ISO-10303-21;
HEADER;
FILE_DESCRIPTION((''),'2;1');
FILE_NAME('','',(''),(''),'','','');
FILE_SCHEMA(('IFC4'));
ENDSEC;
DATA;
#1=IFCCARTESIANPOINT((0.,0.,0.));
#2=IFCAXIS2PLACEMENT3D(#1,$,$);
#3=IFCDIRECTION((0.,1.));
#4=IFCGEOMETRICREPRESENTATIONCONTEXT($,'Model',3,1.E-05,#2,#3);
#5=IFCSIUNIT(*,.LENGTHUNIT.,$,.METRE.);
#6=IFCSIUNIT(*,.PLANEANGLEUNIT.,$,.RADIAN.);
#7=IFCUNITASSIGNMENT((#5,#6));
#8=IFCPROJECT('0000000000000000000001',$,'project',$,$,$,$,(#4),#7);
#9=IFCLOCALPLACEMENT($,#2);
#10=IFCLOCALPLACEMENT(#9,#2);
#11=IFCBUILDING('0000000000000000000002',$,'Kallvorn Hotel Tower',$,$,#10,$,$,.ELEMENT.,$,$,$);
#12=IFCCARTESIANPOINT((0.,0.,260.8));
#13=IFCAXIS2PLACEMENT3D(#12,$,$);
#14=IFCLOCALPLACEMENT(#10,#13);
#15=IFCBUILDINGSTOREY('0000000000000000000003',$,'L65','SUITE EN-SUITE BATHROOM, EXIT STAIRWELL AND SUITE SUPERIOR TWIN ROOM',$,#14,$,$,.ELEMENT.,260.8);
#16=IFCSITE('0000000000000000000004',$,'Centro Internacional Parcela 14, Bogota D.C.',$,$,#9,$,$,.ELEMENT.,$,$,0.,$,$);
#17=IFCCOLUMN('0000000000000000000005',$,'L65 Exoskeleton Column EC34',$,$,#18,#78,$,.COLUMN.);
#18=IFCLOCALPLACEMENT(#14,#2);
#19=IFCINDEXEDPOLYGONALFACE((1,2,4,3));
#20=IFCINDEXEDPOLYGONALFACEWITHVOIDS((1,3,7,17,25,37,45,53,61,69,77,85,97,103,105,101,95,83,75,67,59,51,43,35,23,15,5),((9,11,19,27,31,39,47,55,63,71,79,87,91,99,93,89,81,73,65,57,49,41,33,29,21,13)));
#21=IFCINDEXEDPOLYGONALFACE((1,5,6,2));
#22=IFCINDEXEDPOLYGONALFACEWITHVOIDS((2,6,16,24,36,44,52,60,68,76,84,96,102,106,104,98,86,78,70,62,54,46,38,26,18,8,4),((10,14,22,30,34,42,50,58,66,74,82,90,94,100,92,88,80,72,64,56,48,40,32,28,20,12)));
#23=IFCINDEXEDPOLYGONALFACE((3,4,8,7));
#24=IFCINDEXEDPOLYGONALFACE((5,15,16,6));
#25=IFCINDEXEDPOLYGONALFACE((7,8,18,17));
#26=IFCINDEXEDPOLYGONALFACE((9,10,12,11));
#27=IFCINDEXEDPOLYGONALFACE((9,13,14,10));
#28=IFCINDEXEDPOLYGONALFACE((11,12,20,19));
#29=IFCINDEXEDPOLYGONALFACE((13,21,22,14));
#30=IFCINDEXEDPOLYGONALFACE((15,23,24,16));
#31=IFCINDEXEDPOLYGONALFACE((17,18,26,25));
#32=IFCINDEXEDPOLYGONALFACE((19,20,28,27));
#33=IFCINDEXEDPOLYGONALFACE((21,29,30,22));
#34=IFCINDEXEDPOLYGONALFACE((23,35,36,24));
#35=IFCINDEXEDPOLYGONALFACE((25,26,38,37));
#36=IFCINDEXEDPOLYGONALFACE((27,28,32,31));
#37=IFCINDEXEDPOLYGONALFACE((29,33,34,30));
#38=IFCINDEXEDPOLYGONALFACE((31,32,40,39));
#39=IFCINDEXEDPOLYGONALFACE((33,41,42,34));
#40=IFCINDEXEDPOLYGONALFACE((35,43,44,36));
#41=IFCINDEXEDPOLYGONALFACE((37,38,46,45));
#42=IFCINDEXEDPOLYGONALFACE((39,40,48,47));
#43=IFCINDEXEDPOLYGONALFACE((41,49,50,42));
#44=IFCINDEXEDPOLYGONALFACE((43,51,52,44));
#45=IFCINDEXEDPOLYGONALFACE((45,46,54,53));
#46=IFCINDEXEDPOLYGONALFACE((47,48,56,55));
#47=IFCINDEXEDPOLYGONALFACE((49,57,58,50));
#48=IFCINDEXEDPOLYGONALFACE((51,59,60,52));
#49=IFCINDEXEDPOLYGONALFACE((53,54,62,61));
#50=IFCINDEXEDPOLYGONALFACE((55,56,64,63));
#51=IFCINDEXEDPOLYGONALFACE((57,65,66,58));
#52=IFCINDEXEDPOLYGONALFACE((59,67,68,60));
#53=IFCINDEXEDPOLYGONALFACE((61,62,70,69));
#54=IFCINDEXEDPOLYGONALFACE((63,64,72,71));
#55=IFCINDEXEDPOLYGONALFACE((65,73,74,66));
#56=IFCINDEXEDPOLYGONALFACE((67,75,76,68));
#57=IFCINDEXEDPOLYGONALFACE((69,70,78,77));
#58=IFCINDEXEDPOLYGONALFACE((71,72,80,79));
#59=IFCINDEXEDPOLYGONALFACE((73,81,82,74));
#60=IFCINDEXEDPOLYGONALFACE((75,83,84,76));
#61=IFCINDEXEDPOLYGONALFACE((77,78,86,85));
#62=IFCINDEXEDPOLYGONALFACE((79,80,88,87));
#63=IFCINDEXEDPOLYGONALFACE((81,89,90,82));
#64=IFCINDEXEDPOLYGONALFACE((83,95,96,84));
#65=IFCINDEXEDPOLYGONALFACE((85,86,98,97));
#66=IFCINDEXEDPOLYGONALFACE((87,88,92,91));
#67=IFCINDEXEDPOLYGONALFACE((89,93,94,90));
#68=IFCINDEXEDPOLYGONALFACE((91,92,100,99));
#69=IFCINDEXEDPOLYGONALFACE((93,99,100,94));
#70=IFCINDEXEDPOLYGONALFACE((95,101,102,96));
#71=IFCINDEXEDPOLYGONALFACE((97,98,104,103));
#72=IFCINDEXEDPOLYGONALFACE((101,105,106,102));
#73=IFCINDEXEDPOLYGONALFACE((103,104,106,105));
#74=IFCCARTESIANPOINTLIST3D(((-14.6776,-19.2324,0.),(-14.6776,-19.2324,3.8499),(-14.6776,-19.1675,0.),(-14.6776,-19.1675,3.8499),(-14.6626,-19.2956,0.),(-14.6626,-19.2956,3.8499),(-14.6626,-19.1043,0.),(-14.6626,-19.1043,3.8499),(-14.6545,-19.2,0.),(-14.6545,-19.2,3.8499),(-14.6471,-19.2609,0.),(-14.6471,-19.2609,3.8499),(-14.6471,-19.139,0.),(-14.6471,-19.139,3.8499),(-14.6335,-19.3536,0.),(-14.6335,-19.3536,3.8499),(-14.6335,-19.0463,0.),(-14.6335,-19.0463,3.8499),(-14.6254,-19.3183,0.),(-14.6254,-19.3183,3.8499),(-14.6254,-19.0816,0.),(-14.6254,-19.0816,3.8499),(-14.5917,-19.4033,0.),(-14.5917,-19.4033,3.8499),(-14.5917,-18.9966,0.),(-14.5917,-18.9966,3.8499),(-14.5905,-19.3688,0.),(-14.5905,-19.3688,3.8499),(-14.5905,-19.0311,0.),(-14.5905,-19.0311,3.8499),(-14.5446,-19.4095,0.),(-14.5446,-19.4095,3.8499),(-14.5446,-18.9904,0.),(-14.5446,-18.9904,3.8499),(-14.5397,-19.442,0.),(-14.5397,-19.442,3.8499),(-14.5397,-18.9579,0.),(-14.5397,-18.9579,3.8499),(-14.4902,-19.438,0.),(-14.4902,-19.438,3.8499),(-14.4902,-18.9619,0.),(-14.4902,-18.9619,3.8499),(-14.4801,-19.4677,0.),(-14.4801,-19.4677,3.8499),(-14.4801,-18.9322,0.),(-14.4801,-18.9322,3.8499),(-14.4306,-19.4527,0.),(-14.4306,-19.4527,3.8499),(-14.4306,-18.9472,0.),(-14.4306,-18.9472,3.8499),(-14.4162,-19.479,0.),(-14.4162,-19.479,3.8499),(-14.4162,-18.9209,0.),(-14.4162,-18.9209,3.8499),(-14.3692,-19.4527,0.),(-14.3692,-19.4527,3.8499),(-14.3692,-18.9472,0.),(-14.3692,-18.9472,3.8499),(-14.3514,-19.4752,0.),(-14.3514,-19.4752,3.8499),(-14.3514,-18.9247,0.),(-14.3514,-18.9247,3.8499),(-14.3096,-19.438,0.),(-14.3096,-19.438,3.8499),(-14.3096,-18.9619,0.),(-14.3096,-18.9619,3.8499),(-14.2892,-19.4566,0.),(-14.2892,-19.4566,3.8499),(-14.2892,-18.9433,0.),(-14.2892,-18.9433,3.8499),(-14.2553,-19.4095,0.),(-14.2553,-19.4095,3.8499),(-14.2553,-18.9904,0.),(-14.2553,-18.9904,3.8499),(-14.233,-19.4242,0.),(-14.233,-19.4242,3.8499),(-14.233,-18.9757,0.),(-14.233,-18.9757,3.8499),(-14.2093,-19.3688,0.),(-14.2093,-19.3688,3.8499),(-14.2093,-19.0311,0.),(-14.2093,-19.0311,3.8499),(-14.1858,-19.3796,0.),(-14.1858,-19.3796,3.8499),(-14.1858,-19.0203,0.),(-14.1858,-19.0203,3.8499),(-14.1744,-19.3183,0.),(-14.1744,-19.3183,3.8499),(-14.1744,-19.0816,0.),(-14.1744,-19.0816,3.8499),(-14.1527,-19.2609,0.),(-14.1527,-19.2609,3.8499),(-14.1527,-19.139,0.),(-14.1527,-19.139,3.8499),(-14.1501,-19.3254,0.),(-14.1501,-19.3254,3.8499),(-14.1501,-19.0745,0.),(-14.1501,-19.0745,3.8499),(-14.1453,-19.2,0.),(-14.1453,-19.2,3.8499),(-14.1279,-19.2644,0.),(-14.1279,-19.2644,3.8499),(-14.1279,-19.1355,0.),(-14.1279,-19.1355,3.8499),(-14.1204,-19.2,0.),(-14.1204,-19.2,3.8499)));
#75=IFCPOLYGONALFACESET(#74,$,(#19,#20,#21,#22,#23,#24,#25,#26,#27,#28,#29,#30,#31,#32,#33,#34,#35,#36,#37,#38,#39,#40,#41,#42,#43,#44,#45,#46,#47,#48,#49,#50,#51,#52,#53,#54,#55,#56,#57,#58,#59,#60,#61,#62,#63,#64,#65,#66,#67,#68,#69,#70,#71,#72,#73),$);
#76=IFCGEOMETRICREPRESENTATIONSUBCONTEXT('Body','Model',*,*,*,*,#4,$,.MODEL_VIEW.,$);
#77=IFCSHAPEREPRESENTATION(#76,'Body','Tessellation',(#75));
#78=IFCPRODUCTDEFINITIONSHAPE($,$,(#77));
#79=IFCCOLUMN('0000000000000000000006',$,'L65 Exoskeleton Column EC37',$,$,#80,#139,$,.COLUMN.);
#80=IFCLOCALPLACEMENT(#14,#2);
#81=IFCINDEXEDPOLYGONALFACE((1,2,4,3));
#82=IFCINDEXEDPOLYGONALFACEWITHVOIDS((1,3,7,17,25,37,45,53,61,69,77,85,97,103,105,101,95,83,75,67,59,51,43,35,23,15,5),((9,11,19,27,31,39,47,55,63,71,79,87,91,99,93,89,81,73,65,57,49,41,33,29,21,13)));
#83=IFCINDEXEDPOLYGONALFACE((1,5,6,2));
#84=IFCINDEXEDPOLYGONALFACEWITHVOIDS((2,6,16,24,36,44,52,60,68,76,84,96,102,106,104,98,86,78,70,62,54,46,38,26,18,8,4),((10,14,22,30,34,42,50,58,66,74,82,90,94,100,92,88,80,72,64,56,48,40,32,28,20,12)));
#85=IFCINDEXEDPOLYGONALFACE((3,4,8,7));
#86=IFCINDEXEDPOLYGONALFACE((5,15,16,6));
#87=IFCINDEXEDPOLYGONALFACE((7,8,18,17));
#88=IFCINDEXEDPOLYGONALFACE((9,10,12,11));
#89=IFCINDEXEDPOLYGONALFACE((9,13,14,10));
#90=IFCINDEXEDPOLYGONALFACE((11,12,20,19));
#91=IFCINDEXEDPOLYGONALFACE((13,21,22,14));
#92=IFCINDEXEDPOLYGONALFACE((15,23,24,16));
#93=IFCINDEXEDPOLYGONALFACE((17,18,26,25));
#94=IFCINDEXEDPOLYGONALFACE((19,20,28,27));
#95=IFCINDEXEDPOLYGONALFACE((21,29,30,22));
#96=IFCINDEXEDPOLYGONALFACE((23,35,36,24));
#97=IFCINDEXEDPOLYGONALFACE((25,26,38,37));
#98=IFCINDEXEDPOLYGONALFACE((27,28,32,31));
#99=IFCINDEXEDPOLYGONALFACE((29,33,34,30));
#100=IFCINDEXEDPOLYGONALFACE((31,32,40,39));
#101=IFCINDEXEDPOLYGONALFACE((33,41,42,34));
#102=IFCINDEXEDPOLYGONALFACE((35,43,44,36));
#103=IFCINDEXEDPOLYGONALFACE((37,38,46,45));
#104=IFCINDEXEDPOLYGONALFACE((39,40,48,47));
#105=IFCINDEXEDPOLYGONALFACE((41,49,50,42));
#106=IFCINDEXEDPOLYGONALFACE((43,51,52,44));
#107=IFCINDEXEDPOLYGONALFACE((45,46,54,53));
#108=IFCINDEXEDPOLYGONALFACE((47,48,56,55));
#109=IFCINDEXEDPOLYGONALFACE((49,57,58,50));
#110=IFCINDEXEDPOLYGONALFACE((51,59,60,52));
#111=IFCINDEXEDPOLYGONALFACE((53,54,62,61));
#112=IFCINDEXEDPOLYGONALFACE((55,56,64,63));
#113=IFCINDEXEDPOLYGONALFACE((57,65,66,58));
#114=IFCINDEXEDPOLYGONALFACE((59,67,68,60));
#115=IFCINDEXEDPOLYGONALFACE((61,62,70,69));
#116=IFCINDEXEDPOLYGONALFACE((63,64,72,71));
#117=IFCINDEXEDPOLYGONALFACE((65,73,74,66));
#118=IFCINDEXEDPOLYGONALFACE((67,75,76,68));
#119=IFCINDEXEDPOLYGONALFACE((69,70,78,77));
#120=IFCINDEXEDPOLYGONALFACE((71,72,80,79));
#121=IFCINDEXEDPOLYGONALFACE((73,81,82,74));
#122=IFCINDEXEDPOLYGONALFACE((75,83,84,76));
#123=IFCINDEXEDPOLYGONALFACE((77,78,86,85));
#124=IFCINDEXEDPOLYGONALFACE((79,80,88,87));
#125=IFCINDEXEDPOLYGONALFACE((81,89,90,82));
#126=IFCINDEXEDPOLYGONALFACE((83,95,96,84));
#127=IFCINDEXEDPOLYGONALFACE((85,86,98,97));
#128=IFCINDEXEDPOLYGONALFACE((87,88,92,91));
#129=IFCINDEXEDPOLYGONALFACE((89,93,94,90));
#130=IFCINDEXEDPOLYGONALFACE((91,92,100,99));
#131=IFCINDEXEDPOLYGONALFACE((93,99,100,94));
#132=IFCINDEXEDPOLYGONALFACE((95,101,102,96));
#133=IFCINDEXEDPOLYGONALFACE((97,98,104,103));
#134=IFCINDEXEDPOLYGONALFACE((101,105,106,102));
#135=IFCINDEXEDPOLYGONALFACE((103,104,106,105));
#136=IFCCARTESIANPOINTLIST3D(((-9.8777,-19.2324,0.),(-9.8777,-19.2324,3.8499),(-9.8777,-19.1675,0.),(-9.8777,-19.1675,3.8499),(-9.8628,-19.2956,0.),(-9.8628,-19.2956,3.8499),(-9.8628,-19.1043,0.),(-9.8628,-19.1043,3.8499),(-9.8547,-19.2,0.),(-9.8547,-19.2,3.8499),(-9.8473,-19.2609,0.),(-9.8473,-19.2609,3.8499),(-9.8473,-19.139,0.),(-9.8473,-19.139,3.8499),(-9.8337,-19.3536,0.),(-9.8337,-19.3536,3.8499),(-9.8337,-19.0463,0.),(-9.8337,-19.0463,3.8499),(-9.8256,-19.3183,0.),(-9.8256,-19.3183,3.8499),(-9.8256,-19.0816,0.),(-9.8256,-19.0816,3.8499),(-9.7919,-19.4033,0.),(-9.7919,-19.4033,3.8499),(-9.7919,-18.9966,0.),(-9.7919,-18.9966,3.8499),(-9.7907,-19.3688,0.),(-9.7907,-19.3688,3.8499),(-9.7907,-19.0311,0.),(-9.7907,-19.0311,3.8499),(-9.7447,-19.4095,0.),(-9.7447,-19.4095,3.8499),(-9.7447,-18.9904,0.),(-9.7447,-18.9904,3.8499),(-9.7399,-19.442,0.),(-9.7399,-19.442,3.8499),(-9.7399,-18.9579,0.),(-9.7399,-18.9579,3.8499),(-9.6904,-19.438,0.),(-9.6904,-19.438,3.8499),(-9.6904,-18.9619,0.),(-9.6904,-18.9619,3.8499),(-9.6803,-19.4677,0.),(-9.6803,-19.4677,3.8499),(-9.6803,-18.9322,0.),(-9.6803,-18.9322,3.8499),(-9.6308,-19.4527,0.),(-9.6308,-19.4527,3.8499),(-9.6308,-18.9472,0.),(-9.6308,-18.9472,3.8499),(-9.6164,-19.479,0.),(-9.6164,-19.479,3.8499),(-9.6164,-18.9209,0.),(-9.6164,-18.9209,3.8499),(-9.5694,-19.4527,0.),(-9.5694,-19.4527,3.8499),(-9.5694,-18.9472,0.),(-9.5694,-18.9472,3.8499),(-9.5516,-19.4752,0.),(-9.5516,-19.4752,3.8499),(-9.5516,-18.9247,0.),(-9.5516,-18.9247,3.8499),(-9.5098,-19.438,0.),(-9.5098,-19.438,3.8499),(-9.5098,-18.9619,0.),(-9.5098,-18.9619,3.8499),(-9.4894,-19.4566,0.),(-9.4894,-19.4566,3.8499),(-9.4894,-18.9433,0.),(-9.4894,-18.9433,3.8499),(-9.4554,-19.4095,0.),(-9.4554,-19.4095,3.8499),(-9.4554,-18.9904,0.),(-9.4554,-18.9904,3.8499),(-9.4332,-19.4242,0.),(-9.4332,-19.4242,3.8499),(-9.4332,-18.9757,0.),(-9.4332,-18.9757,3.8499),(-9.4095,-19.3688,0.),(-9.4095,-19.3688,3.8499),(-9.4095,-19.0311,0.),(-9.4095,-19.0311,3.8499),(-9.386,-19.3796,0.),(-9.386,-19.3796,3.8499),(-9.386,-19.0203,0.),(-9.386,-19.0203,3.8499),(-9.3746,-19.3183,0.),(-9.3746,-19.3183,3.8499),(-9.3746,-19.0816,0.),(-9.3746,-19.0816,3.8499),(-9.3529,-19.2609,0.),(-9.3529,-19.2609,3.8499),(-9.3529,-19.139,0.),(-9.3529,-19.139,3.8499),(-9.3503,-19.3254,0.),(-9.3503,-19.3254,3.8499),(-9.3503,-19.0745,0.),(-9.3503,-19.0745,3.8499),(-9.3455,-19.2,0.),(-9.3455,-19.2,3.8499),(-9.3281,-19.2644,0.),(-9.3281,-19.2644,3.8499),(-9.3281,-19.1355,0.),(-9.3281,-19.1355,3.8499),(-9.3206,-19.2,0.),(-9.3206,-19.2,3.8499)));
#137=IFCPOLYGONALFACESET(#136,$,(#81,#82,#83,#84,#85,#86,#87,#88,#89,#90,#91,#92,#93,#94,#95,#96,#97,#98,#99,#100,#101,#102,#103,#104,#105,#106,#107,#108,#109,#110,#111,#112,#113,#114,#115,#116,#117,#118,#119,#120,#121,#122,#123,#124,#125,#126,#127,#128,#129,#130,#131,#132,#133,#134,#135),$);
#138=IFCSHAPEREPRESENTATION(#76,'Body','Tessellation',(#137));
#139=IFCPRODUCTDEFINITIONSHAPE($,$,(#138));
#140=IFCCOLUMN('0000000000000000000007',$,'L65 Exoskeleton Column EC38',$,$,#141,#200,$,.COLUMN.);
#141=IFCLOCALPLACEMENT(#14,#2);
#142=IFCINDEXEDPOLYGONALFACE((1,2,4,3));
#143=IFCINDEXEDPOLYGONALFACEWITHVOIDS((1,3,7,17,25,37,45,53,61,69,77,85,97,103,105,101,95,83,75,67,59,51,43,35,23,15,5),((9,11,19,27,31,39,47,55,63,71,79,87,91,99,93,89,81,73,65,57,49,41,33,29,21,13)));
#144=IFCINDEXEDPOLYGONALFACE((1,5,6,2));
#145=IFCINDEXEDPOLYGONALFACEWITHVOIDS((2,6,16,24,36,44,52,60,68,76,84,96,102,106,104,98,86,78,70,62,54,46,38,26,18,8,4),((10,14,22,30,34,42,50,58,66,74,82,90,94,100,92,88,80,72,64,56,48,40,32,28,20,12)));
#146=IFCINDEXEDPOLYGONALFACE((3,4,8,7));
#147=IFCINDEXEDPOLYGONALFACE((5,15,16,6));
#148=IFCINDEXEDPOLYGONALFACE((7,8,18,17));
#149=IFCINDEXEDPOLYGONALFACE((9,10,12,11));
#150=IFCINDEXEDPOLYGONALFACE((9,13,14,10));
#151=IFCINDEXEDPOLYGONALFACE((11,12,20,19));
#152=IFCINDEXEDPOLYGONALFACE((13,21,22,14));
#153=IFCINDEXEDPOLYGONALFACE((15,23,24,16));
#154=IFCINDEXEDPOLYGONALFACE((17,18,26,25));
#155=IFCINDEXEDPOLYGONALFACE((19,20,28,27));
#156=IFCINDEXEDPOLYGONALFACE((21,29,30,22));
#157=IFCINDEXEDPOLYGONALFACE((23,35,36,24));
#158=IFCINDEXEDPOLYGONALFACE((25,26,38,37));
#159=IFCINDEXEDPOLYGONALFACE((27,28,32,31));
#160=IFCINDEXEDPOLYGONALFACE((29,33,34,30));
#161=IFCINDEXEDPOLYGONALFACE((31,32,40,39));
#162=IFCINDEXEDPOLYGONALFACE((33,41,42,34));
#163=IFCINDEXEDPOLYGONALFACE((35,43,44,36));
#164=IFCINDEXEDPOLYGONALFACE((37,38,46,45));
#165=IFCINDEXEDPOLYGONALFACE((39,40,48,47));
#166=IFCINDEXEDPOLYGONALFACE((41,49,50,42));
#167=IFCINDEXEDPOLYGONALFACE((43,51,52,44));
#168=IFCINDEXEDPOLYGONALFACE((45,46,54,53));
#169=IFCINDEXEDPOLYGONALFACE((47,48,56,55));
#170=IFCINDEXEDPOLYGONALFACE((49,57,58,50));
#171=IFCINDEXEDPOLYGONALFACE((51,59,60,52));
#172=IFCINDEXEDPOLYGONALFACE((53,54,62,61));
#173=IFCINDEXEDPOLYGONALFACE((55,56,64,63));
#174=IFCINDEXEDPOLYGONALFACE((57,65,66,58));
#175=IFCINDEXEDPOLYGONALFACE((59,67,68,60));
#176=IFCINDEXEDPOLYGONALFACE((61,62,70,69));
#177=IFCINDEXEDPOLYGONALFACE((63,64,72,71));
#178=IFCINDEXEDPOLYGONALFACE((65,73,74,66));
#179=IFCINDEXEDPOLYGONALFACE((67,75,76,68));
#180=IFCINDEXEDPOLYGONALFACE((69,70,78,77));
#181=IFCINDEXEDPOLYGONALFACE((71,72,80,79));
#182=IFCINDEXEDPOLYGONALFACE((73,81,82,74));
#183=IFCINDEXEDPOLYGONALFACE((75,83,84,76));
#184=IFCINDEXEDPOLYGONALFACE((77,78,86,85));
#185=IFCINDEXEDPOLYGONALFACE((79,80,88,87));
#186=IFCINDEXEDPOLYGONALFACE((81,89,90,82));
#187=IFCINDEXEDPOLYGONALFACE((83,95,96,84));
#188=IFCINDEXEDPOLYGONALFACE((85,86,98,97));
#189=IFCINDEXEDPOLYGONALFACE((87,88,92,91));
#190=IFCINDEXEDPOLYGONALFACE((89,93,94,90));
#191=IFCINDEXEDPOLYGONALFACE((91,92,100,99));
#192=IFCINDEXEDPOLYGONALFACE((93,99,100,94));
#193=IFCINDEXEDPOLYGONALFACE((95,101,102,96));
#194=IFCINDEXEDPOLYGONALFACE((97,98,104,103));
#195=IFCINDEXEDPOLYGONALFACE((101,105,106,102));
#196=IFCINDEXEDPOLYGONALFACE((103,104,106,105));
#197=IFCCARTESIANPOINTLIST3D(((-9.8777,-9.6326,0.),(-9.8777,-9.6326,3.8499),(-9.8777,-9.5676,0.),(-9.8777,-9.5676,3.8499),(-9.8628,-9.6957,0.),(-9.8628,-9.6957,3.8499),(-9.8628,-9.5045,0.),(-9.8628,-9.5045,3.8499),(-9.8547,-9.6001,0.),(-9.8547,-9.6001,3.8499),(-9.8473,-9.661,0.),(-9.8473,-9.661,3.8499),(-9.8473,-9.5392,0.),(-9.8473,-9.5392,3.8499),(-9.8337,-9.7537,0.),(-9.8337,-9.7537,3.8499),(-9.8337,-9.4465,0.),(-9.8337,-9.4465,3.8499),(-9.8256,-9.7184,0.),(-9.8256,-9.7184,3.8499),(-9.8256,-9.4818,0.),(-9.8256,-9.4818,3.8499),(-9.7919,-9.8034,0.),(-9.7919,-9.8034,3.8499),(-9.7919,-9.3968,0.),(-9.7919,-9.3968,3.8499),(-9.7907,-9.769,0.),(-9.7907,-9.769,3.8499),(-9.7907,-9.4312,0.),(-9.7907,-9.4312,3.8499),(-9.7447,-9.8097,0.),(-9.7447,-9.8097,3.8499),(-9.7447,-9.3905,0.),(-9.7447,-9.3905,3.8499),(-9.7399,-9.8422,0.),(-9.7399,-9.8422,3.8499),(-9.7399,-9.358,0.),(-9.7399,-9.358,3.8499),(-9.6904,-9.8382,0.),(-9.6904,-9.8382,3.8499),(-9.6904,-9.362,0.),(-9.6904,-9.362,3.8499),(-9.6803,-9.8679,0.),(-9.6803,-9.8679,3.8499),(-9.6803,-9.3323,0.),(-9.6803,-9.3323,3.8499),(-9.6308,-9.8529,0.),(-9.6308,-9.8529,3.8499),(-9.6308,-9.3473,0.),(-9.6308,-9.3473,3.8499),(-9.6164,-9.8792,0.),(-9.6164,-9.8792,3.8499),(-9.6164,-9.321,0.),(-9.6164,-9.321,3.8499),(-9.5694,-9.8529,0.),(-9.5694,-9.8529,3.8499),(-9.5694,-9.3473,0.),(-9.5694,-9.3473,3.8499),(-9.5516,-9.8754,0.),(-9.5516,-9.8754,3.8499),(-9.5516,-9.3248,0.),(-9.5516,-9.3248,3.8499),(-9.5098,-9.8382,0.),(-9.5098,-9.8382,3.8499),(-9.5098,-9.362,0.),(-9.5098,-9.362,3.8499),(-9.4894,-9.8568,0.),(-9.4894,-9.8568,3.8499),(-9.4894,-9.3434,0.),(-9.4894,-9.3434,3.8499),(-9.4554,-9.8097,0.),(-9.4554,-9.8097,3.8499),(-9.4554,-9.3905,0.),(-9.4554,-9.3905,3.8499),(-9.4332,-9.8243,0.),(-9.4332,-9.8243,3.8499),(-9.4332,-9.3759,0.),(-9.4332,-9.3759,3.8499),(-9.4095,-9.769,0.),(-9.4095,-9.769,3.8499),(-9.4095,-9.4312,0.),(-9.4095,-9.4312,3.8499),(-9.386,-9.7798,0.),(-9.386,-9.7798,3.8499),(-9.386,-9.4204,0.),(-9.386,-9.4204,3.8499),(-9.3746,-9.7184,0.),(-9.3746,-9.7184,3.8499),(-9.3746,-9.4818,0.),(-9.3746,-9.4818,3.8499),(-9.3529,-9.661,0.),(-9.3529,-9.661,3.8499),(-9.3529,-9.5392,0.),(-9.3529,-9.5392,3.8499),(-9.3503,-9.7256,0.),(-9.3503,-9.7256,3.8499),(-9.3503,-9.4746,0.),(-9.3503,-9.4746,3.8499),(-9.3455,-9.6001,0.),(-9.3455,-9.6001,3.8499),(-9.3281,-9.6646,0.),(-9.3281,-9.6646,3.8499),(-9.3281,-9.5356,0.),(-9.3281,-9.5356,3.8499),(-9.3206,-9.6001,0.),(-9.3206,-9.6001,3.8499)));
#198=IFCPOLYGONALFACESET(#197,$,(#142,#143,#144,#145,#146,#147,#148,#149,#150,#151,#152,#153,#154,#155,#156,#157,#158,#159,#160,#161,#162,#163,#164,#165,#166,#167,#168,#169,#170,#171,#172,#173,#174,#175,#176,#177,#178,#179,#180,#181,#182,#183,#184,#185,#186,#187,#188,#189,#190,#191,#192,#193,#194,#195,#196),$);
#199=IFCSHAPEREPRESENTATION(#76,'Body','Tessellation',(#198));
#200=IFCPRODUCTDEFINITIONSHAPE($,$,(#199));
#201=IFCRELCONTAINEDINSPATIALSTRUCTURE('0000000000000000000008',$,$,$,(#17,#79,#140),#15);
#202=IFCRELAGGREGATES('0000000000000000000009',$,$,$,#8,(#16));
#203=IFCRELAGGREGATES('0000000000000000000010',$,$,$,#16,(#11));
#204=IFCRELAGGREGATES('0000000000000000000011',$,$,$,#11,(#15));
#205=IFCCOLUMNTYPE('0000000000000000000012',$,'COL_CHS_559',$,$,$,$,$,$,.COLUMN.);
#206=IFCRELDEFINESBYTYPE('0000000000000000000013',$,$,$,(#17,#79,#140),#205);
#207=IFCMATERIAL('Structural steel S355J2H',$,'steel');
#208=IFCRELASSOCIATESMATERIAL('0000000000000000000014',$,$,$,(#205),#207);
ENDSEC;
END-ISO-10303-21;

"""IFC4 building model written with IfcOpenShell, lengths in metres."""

from ifc_helpers import new_model, si_unit, direction, frame, origin, origin_2d, place, context, subcontext, project, spatial, hollow_circle, extrude, material, material_profile, profile_set, type_object, element, save


model = new_model("IFC4")

# Units and contexts
model_context = context("Model", 3, precision=1e-05, world=origin(), true_north=direction((0.0, 1.0)))
body_context = subcontext(model_context, "Body", "Model", "MODEL_VIEW")
ifc_project = project(units=[si_unit("LENGTHUNIT", "METRE"), si_unit("PLANEANGLEUNIT", "RADIAN")], contexts=[model_context])

# Site, building, storey
site_placement = place(None, origin())
site = spatial("IfcSite", under=ifc_project, at=site_placement, Name="Centro Internacional Parcela 14, Bogota D.C.", CompositionType="ELEMENT", RefElevation=0.0)
building_placement = place(site_placement, origin())
building = spatial("IfcBuilding", under=site, at=building_placement, Name="Kallvorn Hotel Tower", CompositionType="ELEMENT")
storey_placement = place(building_placement, frame((0.0, 0.0, 260.8)))
storey = spatial("IfcBuildingStorey", under=building, at=storey_placement, Name="L65", Description="SUITE EN-SUITE BATHROOM, EXIT STAIRWELL AND SUITE SUPERIOR TWIN ROOM", CompositionType="ELEMENT", Elevation=260.8)

# Columns
ifc_material_1 = material(Name="Structural steel S355J2H", Category="steel")
ifc_material_profile_1 = material_profile(ifc_material_1, hollow_circle(Radius=0.2795, WallThickness=0.0249, at=origin_2d()), Name="CHS 559x25")
ifc_profile_set_1 = profile_set([ifc_material_profile_1], Name="Structural steel S355J2H")
column_type_1 = type_object("IfcColumnType", Name="COL_CHS_559", PredefinedType="COLUMN", material=ifc_profile_set_1)
for number, where, z_axis, x_axis, name in (
    (1, (-14.3999, -19.2, 0.0), (0.0, 0.0, 1.0), (1.0, 0.0, 0.0), "L65 Exoskeleton Column EC34"),
    (2, (-9.6001, -19.2, 0.0), (0.0, 0.0, 1.0), (1.0, 0.0, 0.0), "L65 Exoskeleton Column EC37"),
    (3, (-9.6001, -9.6001, 0.0), (0.0, 0.0, 1.0), (1.0, 0.0, 0.0), "L65 Exoskeleton Column EC38"),
):
    element("IfcColumn", number, at=place(storey_placement, frame(where, z_axis=z_axis, x_axis=x_axis)), inside=storey, type_object=column_type_1, Name=name, PredefinedType="COLUMN", context=body_context, shape_type="SweptSolid", body=[
        extrude(hollow_circle(Radius=0.2795, WallThickness=0.0249, at=origin_2d()), origin(), (0.0, 0.0, 1.0), 3.8499),
    ])

save(model, "model.ifc")
